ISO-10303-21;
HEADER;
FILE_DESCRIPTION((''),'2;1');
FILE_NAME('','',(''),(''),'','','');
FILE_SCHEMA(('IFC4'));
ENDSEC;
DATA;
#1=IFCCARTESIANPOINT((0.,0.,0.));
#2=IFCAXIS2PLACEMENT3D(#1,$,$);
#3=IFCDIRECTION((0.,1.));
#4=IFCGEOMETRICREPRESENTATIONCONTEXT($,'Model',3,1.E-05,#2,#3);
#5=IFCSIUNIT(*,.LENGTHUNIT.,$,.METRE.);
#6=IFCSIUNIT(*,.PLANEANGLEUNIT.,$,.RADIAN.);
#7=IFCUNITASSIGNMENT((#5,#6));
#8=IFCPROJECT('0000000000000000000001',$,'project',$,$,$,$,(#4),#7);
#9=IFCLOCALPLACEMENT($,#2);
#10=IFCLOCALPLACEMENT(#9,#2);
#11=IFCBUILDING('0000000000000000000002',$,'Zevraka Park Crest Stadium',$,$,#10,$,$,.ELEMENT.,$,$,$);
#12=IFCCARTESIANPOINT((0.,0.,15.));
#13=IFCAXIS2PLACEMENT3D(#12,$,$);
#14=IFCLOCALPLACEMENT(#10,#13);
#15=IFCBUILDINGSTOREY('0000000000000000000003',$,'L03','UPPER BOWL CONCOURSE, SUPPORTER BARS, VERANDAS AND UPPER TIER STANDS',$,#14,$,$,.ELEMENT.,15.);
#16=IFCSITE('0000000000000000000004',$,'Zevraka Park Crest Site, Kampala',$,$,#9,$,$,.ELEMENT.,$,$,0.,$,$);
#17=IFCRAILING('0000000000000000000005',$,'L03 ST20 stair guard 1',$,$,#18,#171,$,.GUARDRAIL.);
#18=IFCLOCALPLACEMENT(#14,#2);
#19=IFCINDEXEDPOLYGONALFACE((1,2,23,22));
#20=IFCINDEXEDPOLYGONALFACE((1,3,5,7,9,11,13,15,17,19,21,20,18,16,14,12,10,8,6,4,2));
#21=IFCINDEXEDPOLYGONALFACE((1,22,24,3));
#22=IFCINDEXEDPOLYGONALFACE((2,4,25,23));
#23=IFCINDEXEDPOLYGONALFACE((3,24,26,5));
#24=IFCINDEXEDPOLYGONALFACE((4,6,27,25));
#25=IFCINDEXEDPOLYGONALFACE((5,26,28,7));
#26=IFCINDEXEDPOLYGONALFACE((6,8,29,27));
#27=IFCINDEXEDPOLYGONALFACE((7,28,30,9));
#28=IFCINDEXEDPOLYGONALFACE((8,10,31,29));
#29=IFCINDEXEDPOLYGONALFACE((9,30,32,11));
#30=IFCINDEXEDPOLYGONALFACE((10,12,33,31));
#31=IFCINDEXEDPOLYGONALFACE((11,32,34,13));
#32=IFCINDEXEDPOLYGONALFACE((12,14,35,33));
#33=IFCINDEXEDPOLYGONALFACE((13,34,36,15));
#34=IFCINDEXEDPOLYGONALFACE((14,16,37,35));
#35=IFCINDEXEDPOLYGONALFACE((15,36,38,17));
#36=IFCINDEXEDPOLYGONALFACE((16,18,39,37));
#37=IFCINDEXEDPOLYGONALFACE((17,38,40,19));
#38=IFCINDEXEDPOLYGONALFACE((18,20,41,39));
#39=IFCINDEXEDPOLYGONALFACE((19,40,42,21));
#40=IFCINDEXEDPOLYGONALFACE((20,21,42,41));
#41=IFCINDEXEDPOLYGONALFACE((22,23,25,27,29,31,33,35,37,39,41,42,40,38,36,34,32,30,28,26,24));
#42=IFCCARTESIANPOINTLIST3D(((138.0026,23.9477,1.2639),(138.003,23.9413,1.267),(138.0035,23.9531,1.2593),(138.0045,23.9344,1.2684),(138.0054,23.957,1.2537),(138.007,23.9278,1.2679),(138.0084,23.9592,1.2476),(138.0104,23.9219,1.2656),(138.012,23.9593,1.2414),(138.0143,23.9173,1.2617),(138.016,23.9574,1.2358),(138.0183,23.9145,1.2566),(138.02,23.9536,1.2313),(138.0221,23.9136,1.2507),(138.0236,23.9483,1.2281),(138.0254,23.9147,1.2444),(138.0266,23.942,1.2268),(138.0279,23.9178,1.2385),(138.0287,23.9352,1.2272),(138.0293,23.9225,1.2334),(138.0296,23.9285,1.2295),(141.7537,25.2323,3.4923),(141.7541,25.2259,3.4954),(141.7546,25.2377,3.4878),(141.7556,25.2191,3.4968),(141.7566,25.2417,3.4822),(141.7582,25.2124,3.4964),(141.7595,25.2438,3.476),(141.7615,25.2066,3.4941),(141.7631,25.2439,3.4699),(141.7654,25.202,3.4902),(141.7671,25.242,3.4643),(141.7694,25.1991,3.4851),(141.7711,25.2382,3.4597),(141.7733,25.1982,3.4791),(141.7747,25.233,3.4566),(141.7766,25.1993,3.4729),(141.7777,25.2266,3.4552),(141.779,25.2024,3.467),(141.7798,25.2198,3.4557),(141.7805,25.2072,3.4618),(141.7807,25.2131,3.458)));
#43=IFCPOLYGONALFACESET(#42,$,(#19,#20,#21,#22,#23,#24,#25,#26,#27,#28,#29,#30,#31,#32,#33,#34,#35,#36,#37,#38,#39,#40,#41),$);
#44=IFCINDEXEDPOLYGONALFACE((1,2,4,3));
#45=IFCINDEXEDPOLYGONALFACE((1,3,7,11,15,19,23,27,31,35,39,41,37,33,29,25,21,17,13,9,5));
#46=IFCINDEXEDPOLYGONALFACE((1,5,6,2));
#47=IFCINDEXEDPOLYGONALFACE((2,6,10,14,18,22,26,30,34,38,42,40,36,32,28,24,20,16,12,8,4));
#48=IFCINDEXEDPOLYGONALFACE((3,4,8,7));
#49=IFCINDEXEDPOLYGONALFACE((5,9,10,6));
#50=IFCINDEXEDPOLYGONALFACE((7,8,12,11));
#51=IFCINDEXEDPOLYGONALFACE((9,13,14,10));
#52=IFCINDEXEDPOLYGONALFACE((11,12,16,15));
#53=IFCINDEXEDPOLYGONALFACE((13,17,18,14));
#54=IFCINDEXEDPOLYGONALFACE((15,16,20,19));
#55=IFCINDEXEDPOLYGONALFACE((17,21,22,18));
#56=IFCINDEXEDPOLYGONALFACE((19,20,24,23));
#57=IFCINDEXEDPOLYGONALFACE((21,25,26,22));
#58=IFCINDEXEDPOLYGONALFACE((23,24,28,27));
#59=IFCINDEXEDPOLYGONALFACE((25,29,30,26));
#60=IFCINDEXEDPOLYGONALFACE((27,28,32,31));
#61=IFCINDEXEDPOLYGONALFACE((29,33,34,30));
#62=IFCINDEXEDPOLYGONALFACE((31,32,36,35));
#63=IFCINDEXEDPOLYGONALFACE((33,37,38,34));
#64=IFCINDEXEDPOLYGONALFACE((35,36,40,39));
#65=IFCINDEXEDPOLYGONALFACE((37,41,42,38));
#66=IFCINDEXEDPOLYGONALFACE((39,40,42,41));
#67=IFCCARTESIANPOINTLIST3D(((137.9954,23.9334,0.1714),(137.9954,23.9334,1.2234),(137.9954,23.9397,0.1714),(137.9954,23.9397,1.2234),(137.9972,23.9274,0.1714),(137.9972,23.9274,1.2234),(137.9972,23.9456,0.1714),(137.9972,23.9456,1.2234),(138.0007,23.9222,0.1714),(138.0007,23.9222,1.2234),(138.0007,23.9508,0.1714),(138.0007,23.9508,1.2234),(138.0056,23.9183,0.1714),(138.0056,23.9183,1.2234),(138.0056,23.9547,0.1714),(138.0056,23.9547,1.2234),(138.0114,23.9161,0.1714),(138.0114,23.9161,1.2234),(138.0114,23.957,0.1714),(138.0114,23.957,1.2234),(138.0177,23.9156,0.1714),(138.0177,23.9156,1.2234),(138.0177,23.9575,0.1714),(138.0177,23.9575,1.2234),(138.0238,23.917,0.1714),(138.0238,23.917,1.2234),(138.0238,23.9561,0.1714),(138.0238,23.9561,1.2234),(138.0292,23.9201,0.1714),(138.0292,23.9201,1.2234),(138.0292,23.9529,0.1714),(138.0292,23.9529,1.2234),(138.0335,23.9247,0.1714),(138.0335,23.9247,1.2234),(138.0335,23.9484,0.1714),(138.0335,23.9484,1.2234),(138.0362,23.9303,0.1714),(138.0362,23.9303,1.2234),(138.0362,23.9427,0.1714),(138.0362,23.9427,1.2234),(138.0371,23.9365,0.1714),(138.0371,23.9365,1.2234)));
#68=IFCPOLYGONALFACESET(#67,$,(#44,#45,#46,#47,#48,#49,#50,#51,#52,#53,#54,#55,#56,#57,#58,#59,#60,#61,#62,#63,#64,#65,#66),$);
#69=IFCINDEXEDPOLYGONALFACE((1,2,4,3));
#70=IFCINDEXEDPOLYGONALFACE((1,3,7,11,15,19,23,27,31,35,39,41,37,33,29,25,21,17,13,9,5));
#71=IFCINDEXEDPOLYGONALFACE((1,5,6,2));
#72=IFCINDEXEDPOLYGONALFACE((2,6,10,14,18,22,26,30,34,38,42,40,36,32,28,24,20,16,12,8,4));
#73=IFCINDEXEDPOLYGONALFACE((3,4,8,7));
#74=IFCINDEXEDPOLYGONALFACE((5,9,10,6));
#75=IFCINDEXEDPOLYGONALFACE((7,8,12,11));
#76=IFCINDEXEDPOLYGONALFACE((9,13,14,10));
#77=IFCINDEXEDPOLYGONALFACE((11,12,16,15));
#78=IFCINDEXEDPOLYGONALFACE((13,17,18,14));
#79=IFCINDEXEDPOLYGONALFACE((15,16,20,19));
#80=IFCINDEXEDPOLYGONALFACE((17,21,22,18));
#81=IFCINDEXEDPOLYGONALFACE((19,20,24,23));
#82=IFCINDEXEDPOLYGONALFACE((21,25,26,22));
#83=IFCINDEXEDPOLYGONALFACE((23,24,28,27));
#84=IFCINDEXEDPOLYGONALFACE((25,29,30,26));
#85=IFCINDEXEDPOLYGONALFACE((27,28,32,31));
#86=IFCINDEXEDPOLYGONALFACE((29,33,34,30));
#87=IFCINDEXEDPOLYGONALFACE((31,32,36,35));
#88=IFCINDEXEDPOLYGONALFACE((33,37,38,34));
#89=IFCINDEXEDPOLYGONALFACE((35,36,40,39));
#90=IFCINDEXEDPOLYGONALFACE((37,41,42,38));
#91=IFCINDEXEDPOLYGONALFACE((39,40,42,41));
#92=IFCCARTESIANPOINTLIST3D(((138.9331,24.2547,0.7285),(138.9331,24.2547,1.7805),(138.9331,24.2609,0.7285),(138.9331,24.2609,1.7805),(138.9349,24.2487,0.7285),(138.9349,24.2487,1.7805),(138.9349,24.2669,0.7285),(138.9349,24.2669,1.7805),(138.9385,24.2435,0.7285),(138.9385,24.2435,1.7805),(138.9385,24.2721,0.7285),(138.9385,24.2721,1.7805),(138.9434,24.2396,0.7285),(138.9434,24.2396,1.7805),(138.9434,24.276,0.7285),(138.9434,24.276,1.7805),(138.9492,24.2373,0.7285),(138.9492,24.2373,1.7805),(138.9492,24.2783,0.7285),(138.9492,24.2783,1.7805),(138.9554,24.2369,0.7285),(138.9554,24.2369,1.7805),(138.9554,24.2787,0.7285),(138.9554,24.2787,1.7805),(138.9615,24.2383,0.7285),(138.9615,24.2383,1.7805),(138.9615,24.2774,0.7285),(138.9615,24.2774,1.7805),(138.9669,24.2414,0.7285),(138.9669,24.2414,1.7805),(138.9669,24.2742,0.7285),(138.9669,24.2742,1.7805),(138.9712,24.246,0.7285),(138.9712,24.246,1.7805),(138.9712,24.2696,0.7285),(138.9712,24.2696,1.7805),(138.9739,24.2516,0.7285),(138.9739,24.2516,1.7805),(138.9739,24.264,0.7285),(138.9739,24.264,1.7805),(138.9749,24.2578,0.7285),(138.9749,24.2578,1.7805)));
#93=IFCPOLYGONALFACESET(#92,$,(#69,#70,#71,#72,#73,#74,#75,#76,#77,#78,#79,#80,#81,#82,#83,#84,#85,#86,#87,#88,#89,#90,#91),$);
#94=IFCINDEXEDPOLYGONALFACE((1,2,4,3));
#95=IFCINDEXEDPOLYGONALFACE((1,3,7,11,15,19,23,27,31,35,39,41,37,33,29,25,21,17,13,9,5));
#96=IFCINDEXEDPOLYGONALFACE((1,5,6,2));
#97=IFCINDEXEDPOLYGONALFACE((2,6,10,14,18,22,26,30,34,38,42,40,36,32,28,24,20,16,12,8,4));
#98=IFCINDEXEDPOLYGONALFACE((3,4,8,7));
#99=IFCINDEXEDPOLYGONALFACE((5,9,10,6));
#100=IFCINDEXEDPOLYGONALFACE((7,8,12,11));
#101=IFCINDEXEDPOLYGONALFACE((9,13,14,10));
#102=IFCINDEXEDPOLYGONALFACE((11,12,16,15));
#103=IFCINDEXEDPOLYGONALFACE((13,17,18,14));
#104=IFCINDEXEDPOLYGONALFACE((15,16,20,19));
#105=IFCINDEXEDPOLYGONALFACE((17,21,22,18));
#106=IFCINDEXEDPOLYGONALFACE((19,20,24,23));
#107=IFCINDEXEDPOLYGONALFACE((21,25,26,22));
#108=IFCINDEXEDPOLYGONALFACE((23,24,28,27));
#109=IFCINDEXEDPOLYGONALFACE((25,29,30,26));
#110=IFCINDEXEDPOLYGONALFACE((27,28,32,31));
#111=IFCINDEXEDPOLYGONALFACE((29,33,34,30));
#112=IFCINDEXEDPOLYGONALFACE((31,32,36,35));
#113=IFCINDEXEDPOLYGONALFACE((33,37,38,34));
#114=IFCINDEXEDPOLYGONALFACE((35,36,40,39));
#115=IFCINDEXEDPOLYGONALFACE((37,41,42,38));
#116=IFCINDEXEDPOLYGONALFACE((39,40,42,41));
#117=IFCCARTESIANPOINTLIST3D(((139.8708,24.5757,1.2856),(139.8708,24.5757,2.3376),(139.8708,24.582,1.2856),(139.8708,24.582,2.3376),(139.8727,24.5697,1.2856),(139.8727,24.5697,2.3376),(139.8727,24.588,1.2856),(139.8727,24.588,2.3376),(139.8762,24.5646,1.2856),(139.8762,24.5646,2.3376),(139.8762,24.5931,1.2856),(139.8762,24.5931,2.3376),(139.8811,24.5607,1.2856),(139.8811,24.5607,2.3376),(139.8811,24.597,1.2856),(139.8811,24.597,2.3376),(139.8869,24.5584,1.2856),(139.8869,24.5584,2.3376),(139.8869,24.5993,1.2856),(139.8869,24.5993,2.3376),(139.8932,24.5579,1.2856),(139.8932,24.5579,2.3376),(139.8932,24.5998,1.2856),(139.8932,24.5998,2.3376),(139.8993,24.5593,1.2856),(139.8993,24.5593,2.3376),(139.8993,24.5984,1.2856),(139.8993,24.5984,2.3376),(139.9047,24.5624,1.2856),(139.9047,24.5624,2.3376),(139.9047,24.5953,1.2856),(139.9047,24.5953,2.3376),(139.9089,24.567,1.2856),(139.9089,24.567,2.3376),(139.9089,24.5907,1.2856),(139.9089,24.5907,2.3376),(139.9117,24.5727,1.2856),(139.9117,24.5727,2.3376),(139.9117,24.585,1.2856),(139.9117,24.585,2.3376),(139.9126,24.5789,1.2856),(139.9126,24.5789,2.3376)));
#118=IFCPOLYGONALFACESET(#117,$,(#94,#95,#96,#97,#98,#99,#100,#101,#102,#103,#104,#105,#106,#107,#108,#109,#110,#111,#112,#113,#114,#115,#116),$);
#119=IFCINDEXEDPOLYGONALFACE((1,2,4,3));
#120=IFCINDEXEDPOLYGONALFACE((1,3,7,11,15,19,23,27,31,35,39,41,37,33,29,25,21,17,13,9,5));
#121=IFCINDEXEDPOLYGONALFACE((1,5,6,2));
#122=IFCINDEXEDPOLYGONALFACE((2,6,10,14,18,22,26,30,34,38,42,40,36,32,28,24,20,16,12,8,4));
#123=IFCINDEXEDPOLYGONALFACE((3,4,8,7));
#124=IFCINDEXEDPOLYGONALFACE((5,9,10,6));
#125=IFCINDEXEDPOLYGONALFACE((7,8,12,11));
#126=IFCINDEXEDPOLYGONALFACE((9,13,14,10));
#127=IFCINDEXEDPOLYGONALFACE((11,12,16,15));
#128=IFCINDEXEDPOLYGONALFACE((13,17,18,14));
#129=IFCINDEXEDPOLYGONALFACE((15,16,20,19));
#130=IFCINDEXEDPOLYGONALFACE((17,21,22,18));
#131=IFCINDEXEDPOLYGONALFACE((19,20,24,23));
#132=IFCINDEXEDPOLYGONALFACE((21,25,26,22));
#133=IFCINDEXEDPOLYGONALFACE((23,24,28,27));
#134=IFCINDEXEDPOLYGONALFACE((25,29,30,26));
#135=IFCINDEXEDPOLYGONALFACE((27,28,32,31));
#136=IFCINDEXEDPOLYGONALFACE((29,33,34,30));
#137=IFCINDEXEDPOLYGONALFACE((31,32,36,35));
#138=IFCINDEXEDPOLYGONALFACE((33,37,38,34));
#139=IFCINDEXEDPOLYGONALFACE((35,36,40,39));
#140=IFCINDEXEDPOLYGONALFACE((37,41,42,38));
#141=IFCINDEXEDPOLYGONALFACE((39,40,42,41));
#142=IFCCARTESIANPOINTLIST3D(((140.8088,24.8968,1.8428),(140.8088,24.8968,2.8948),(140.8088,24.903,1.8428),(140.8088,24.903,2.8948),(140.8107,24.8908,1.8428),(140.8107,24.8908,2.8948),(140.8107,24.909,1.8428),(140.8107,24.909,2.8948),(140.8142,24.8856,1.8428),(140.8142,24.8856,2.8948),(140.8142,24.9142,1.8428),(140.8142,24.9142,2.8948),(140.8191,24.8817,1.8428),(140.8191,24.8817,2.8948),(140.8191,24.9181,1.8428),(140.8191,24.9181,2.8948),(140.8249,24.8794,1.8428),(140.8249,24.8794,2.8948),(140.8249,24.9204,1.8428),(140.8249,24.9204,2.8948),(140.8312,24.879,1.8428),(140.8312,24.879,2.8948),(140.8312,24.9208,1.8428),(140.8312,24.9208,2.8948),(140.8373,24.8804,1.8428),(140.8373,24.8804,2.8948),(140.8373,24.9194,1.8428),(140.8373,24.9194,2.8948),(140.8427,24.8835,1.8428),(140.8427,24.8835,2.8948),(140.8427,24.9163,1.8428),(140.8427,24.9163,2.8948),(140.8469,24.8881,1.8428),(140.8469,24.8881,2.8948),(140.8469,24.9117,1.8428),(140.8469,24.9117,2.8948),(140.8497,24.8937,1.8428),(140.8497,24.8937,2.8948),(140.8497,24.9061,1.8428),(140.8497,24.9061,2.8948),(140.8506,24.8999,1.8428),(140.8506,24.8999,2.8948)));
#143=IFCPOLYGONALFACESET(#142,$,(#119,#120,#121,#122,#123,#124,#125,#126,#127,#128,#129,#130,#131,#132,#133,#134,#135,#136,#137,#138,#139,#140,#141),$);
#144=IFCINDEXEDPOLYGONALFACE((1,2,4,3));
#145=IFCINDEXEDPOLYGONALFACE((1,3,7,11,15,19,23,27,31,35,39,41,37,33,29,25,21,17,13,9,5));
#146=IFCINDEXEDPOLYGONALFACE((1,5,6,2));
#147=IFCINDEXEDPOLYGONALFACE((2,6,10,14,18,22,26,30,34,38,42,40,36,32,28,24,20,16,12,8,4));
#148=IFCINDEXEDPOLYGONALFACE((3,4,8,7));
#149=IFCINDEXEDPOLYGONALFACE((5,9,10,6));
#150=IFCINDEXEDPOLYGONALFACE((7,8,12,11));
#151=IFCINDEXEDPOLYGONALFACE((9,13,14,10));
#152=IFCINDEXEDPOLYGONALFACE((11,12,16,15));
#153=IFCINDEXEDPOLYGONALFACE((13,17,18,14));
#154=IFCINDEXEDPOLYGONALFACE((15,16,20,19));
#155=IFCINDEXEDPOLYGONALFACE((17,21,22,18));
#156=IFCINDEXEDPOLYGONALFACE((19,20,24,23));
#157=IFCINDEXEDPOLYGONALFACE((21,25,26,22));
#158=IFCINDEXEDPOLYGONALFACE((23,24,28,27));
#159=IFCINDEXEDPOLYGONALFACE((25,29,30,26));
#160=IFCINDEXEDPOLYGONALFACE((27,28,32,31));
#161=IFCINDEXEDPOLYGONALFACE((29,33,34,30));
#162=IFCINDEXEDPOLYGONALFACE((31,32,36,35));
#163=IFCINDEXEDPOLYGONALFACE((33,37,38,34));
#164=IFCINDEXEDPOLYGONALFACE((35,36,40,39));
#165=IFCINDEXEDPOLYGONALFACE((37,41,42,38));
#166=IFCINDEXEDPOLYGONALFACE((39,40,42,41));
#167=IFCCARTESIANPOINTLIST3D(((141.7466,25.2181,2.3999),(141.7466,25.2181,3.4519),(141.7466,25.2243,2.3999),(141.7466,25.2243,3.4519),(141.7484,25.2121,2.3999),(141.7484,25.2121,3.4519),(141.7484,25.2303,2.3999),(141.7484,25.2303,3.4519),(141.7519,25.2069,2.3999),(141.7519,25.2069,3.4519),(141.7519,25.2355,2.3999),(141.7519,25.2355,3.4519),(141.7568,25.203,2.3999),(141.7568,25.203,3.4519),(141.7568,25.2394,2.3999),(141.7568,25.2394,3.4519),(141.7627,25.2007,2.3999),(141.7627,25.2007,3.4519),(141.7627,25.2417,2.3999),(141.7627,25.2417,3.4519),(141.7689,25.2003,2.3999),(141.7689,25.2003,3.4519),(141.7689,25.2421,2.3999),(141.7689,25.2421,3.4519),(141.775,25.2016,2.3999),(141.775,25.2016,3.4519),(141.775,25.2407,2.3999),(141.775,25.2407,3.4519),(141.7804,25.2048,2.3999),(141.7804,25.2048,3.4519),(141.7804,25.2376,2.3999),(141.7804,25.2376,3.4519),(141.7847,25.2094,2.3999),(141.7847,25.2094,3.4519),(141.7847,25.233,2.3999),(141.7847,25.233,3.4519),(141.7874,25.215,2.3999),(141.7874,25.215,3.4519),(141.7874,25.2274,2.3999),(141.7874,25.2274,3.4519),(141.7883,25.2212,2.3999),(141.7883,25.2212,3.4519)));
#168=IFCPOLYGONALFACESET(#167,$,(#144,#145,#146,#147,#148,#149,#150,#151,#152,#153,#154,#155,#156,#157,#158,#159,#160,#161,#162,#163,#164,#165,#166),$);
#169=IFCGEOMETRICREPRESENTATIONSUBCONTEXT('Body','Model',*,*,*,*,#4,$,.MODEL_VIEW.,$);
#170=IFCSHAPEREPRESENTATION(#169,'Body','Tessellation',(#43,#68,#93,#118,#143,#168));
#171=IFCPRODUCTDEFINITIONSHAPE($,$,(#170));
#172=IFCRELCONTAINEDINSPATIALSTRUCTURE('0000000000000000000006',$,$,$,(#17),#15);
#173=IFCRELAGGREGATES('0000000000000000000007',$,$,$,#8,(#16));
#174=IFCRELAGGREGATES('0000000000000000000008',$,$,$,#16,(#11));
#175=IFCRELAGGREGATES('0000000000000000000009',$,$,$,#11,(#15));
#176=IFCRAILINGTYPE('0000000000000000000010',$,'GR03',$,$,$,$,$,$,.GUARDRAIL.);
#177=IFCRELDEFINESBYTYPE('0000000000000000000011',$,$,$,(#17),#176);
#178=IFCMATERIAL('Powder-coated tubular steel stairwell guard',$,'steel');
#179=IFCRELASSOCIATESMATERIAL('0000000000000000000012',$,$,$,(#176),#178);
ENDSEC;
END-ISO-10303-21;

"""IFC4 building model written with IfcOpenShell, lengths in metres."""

from ifc_helpers import new_model, si_unit, direction, frame, origin, origin_2d, place, context, subcontext, project, spatial, circle, extrude, material, type_object, element, save


model = new_model("IFC4")

# Units and contexts
model_context = context("Model", 3, precision=1e-05, world=origin(), true_north=direction((0.0, 1.0)))
body_context = subcontext(model_context, "Body", "Model", "MODEL_VIEW")
ifc_project = project(units=[si_unit("LENGTHUNIT", "METRE"), si_unit("PLANEANGLEUNIT", "RADIAN")], contexts=[model_context])

# Site, building, storey
site_placement = place(None, origin())
site = spatial("IfcSite", under=ifc_project, at=site_placement, Name="Zevraka Park Crest Site, Kampala", CompositionType="ELEMENT", RefElevation=0.0)
building_placement = place(site_placement, origin())
building = spatial("IfcBuilding", under=site, at=building_placement, Name="Zevraka Park Crest Stadium", CompositionType="ELEMENT")
storey_placement = place(building_placement, frame((0.0, 0.0, 15.0)))
storey = spatial("IfcBuildingStorey", under=building, at=storey_placement, Name="L03", Description="UPPER BOWL CONCOURSE, SUPPORTER BARS, VERANDAS AND UPPER TIER STANDS", CompositionType="ELEMENT", Elevation=15.0)

# Railing
ifc_material_1 = material(Name="Powder-coated tubular steel stairwell guard", Category="steel")
railing_type_1 = type_object("IfcRailingType", Name="GR03", PredefinedType="GUARDRAIL", material=ifc_material_1)
railing_1_placement = place(storey_placement, frame((138.0161, 23.9365, 0.1714)))
element("IfcRailing", 1, at=railing_1_placement, inside=storey, type_object=railing_type_1, Name="L03 ST20 stair guard 1", PredefinedType="GUARDRAIL", context=body_context, shape_type="SweptSolid", body=[
    extrude(circle(Radius=0.0239, at=origin_2d()), frame((0.0, 0.0, 1.0762), z_axis=(0.824727, 0.282441, 0.489952), x_axis=(-0.323994, 0.946059, 0.0)), (0.0, 0.0, 1.0), 4.5483),
    extrude(circle(Radius=0.021, at=origin_2d()), origin(), (0.0, 0.0, 1.0), 1.052),
    extrude(circle(Radius=0.021, at=origin_2d()), frame((0.9377, 0.3213, 0.5571)), (0.0, 0.0, 1.0), 1.052),
    extrude(circle(Radius=0.021, at=origin_2d()), frame((1.8755, 0.6423, 1.1143)), (0.0, 0.0, 1.0), 1.052),
    extrude(circle(Radius=0.021, at=origin_2d()), frame((2.8135, 0.9634, 1.6714)), (0.0, 0.0, 1.0), 1.052),
    extrude(circle(Radius=0.021, at=origin_2d()), frame((3.7512, 1.2847, 2.2285)), (0.0, 0.0, 1.0), 1.052),
])

save(model, "model.ifc")
